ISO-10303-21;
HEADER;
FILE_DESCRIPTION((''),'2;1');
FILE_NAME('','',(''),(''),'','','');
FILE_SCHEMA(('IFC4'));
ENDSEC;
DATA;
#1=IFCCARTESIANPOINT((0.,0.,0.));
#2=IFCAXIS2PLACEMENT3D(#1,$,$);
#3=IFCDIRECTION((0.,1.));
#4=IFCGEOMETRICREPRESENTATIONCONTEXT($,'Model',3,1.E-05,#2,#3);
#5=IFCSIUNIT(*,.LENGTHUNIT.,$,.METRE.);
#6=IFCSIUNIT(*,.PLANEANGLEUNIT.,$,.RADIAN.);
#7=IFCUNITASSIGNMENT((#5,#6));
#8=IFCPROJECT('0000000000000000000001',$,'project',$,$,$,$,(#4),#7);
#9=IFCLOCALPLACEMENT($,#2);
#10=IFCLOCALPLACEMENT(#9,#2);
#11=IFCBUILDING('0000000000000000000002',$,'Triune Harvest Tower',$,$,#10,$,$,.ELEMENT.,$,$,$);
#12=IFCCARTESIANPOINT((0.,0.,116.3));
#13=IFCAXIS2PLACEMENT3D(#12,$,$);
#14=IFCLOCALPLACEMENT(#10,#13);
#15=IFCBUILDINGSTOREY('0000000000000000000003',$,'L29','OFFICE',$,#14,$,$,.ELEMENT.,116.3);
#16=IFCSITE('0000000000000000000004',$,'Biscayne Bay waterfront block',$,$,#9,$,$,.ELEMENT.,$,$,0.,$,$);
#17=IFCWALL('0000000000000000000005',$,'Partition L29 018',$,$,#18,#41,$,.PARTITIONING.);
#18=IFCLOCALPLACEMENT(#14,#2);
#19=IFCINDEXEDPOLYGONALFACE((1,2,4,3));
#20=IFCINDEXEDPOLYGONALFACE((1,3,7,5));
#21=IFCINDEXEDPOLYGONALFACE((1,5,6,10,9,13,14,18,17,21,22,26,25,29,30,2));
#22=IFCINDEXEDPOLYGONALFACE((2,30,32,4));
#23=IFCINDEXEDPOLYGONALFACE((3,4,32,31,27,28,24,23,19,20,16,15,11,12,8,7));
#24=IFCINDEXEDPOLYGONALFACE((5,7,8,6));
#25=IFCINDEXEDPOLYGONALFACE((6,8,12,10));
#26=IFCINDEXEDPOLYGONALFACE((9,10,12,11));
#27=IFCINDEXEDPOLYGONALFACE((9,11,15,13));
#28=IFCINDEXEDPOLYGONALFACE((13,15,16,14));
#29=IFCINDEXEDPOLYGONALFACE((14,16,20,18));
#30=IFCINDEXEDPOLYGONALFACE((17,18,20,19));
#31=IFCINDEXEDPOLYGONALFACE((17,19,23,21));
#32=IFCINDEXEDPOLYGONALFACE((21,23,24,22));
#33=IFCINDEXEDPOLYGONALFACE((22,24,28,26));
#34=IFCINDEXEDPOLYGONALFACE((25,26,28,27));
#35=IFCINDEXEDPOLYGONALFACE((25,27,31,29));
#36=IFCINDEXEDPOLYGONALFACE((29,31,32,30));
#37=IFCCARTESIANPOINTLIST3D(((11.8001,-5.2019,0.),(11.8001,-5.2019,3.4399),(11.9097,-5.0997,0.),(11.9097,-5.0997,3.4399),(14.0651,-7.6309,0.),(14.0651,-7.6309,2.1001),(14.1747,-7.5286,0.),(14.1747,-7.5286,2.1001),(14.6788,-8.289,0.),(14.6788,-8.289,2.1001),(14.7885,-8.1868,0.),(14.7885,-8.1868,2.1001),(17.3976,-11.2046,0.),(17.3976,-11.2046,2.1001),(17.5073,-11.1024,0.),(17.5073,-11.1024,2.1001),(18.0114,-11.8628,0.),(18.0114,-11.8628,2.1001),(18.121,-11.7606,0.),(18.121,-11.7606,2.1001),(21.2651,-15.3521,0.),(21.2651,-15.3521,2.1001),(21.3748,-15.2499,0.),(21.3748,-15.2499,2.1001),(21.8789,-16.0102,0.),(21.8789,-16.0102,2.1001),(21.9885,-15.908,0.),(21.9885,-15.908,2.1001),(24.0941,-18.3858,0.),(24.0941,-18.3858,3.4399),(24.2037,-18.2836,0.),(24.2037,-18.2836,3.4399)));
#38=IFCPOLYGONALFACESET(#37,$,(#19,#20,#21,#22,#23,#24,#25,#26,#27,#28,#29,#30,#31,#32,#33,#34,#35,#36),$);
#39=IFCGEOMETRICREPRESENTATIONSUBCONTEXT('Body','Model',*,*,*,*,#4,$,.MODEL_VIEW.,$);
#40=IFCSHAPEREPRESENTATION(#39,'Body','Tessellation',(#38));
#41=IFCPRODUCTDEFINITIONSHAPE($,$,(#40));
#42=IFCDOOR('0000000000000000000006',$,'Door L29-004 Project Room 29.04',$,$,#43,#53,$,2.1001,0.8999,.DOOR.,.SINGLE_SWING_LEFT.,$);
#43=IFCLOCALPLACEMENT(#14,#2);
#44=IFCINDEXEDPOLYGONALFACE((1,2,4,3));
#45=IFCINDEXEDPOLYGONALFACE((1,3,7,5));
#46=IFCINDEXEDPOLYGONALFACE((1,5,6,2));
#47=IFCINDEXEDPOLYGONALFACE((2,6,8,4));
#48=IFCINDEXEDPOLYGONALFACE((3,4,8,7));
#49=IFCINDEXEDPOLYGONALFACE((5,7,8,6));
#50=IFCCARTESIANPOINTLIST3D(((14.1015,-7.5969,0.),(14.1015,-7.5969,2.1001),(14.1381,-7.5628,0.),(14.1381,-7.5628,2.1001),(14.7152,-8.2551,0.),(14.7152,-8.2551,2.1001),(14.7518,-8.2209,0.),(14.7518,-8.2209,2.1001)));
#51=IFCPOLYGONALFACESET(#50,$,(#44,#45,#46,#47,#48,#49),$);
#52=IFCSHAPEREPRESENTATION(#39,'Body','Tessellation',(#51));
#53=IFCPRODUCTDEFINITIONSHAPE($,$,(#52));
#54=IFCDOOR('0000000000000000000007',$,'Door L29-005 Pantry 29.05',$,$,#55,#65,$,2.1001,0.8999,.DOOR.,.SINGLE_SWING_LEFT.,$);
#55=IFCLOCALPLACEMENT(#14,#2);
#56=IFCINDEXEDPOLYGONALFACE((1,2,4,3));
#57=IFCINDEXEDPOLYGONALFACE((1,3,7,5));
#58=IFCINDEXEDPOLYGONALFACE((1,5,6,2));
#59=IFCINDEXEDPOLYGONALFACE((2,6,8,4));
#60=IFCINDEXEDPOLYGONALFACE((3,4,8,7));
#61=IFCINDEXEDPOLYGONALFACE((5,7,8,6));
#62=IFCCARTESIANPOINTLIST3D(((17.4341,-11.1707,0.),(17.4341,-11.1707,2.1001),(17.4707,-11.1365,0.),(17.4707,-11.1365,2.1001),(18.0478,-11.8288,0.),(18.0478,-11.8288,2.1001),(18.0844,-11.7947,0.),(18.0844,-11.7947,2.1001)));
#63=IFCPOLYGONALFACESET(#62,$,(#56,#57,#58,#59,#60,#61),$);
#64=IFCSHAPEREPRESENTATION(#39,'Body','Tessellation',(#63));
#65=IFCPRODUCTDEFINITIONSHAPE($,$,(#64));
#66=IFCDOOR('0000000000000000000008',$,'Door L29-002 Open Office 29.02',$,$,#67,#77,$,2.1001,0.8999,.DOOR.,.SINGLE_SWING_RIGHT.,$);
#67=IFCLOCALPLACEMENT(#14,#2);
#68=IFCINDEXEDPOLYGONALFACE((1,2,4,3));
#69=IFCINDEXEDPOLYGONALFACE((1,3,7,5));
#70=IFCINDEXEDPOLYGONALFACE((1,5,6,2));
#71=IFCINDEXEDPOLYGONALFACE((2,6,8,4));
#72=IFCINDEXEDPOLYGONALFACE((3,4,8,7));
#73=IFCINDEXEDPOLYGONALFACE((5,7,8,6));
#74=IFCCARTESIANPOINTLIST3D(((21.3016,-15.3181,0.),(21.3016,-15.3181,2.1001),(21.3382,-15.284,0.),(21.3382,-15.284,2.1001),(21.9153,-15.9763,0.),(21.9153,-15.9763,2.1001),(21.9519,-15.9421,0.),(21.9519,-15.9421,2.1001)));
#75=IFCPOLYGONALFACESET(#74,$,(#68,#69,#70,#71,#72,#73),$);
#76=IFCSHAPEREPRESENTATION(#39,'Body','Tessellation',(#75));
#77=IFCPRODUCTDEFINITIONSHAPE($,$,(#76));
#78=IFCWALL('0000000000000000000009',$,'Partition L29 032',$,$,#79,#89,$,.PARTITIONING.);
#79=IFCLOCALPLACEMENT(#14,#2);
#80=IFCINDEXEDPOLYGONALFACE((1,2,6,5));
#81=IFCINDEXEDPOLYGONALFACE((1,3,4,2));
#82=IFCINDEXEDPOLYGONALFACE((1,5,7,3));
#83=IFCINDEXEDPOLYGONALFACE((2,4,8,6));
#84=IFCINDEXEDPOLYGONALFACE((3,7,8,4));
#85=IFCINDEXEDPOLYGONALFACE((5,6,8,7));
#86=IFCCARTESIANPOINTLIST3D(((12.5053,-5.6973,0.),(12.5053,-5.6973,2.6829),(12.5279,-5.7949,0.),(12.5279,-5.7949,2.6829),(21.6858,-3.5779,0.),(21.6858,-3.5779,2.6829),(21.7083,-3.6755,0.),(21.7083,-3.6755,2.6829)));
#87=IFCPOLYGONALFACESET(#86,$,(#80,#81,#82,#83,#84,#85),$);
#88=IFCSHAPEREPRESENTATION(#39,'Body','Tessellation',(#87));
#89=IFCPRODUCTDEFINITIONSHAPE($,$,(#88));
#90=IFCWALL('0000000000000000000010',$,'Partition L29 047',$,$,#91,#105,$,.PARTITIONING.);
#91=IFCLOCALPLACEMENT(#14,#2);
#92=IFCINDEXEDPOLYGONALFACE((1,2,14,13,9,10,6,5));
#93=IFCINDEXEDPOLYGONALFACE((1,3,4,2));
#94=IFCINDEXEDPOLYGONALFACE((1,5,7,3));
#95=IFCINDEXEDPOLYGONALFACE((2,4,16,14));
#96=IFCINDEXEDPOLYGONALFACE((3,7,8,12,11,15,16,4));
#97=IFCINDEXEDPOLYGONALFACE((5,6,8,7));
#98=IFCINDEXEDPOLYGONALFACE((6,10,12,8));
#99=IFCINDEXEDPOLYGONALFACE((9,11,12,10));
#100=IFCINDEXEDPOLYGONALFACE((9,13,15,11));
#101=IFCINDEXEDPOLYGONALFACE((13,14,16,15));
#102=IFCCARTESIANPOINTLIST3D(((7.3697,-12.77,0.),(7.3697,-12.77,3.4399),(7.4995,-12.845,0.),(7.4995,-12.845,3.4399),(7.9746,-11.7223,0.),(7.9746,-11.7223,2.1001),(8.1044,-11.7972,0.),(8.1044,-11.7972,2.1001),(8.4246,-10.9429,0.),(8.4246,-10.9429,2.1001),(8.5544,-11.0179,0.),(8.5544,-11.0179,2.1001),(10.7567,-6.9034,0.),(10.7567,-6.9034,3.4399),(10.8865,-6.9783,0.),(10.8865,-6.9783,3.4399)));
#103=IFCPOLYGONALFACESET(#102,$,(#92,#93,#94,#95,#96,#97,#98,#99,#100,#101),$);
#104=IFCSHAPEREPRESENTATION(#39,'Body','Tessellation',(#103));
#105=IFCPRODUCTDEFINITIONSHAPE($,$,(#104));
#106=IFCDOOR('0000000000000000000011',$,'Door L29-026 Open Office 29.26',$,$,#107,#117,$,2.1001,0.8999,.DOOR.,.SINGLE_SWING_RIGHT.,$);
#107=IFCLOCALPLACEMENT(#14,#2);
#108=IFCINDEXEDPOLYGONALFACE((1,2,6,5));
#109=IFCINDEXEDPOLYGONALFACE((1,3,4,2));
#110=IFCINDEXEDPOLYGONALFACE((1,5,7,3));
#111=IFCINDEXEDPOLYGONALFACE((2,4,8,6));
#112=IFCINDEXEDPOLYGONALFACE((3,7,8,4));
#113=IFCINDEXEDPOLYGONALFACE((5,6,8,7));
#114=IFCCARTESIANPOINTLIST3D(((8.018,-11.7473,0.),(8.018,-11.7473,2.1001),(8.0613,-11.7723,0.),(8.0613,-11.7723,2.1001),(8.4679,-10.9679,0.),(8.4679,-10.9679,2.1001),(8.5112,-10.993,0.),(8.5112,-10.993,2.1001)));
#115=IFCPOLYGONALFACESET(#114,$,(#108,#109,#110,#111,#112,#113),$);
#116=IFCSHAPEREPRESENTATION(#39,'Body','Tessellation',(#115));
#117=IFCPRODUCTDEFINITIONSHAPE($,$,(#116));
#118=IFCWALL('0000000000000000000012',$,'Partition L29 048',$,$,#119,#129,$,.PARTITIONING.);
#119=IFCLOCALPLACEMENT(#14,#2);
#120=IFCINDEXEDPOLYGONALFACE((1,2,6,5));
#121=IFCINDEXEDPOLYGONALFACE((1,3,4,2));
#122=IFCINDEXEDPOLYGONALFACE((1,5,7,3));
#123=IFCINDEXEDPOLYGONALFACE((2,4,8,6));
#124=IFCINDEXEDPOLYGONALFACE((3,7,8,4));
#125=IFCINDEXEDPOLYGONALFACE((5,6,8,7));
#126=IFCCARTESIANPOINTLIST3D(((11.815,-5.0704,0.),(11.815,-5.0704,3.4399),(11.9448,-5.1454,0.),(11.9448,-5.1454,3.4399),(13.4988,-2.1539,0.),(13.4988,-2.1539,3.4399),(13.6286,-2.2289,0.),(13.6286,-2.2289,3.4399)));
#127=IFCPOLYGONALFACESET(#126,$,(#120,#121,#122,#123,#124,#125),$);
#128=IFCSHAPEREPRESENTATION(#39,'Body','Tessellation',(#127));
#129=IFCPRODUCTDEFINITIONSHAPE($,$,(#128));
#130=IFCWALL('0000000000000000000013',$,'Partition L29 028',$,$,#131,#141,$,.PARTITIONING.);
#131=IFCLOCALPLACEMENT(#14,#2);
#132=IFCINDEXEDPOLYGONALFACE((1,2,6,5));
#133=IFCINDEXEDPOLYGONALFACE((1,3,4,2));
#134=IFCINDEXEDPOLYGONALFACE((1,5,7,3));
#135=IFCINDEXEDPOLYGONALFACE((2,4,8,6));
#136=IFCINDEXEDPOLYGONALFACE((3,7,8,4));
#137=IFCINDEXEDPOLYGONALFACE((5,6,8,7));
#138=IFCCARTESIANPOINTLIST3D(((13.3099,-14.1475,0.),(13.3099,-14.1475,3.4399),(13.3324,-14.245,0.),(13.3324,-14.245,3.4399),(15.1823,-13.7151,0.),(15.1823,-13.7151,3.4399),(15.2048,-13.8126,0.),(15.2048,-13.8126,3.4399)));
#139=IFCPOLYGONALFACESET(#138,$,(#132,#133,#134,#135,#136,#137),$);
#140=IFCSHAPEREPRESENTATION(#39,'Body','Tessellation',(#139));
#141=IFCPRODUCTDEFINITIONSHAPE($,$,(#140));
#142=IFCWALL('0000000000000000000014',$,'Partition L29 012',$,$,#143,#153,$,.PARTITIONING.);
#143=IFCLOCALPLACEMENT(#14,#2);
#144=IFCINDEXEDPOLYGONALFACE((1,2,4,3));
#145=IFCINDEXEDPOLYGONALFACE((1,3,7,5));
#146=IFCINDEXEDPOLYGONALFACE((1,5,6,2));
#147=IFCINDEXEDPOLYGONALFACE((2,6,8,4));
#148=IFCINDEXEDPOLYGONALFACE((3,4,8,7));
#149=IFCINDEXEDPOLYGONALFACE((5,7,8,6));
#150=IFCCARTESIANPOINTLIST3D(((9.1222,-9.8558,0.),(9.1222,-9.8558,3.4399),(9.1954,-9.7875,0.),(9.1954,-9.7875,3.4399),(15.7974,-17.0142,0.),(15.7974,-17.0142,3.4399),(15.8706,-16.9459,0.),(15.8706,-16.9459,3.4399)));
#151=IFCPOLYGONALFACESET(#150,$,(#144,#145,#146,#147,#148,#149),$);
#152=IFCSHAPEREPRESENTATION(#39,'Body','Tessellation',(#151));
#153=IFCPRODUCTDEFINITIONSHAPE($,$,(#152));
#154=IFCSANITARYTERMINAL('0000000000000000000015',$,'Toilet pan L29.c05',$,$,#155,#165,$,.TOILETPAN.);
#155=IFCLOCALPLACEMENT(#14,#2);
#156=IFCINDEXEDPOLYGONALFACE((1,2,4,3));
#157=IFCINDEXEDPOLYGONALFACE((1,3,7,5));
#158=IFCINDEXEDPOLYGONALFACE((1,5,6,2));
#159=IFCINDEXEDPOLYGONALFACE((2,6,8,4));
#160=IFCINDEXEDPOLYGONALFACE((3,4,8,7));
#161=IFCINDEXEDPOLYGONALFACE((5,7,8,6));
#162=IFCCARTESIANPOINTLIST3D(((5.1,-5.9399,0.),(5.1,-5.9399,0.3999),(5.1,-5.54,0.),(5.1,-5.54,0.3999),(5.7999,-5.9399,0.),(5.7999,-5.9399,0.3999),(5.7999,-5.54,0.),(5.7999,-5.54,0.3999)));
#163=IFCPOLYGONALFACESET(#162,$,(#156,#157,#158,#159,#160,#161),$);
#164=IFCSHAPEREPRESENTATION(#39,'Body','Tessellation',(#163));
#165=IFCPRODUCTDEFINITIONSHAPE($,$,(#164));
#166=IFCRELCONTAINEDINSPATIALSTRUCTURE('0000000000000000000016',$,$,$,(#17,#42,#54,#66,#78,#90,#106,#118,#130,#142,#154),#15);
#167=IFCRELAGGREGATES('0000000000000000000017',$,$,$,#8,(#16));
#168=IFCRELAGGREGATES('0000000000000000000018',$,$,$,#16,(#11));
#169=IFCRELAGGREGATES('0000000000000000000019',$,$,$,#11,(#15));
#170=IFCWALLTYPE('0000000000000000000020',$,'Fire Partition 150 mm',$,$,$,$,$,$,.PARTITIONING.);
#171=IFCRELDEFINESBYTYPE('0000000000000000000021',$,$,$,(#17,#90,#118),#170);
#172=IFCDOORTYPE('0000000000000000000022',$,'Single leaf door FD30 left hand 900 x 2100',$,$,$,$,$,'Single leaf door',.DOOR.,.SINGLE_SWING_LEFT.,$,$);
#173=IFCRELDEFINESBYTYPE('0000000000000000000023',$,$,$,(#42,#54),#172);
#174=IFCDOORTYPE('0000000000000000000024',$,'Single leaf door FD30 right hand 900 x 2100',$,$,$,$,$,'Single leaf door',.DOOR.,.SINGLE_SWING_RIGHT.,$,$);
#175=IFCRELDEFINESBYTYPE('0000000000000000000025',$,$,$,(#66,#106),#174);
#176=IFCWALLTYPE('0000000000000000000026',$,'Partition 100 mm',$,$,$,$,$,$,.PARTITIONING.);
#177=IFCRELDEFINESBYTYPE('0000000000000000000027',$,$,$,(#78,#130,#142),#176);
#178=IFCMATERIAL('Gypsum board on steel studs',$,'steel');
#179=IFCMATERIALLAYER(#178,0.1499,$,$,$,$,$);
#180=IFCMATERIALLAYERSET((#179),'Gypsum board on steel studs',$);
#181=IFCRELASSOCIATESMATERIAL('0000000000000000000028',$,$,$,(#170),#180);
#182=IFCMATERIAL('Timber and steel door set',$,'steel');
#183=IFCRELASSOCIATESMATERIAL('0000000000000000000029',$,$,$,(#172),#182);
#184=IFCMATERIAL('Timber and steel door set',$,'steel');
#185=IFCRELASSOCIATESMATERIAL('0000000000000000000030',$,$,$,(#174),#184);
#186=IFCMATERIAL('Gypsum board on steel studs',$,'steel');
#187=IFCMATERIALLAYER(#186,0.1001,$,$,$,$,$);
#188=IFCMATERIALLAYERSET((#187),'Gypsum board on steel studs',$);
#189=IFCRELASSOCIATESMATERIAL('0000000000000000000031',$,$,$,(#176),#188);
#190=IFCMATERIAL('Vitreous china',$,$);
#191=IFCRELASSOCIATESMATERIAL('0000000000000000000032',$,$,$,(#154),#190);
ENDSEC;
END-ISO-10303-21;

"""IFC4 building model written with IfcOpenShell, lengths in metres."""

from ifc_helpers import new_model, si_unit, direction, frame, frame_2d, origin, origin_2d, place, context, subcontext, project, spatial, rectangle, extrude, source, transform, mapped, material, layer, layer_set, type_object, element, fill, save


model = new_model("IFC4")

# Units and contexts
model_context = context("Model", 3, precision=1e-05, world=origin(), true_north=direction((0.0, 1.0)))
body_context = subcontext(model_context, "Body", "Model", "MODEL_VIEW")
ifc_project = project(units=[si_unit("LENGTHUNIT", "METRE"), si_unit("PLANEANGLEUNIT", "RADIAN")], contexts=[model_context])

# Site, building, storey
site_placement = place(None, origin())
site = spatial("IfcSite", under=ifc_project, at=site_placement, Name="Biscayne Bay waterfront block", CompositionType="ELEMENT", RefElevation=0.0)
building_placement = place(site_placement, origin())
building = spatial("IfcBuilding", under=site, at=building_placement, Name="Triune Harvest Tower", CompositionType="ELEMENT")
storey_placement = place(building_placement, frame((0.0, 0.0, 116.3)))
storey = spatial("IfcBuildingStorey", under=building, at=storey_placement, Name="L29", Description="OFFICE", CompositionType="ELEMENT", Elevation=116.3)

# Wall, openings, doors
ifc_material_1 = material(Name="Gypsum board on steel studs", Category="steel")
ifc_layer_1 = layer(ifc_material_1, 0.1499)
ifc_layer_set_1 = layer_set([ifc_layer_1], Name="Gypsum board on steel studs")
wall_type_1 = type_object("IfcWallType", Name="Fire Partition 150 mm", PredefinedType="PARTITIONING", material=ifc_layer_set_1)
ifc_material_2 = material(Name="Timber and steel door set", Category="steel")
door_type_1 = type_object("IfcDoorType", Name="Single leaf door FD30 left hand 900 x 2100", ElementType="Single leaf door", OperationType="SINGLE_SWING_LEFT", PredefinedType="DOOR", material=ifc_material_2)
ifc_material_3 = material(Name="Timber and steel door set", Category="steel")
door_type_2 = type_object("IfcDoorType", Name="Single leaf door FD30 right hand 900 x 2100", ElementType="Single leaf door", OperationType="SINGLE_SWING_RIGHT", PredefinedType="DOOR", material=ifc_material_3)
shared_shape_1 = source(origin(), body_context, "Body", "SweptSolid", [
    extrude(rectangle(XDim=18.0266, YDim=0.1499, at=frame_2d((9.0132, 0.0))), origin(), (0.0, 0.0, 1.0), 3.4399),
])
wall_1_placement = place(storey_placement, frame((11.855, -5.1509, 0.0), z_axis=(0.0, 0.0, 1.0), x_axis=(0.681993, -0.731359, 0.0)))
wall_1 = element("IfcWall", 1, at=wall_1_placement, inside=storey, type_object=wall_type_1, Name="Partition L29 018", PredefinedType="PARTITIONING", context=body_context, shape_type="MappedRepresentation", body=[
    mapped(shared_shape_1, transform((0.0, 0.0, 0.0), scale=1.0)),
])
opening_1_placement = place(wall_1_placement, frame((13.8784, 0.0, 0.0)))
opening_1 = element("IfcOpeningElement", 2, at=opening_1_placement, cuts=wall_1, PredefinedType="OPENING", context=body_context, shape_type="SweptSolid", body=[
    extrude(rectangle(XDim=0.8999, YDim=2.1001, at=frame_2d((0.45, 1.05))), frame((0.0, 0.085, 0.0), z_axis=(0.0, -1.0, 0.0), x_axis=(1.0, 0.0, 0.0)), (0.0, 0.0, 1.0), 0.1699),
])
opening_2_placement = place(wall_1_placement, frame((3.321, 0.0, 0.0)))
opening_2 = element("IfcOpeningElement", 3, at=opening_2_placement, cuts=wall_1, PredefinedType="OPENING", context=body_context, shape_type="SweptSolid", body=[
    extrude(rectangle(XDim=0.8999, YDim=2.1001, at=frame_2d((0.45, 1.05))), frame((0.0, 0.085, 0.0), z_axis=(0.0, -1.0, 0.0), x_axis=(1.0, 0.0, 0.0)), (0.0, 0.0, 1.0), 0.1699),
])
opening_3_placement = place(wall_1_placement, frame((8.2075, 0.0, 0.0)))
opening_3 = element("IfcOpeningElement", 4, at=opening_3_placement, cuts=wall_1, PredefinedType="OPENING", context=body_context, shape_type="SweptSolid", body=[
    extrude(rectangle(XDim=0.8999, YDim=2.1001, at=frame_2d((0.45, 1.05))), frame((0.0, 0.085, 0.0), z_axis=(0.0, -1.0, 0.0), x_axis=(1.0, 0.0, 0.0)), (0.0, 0.0, 1.0), 0.1699),
])
door_1_placement = place(opening_2_placement, origin())
door_1 = element("IfcDoor", 5, at=door_1_placement, inside=storey, type_object=door_type_1, Name="Door L29-004 Project Room 29.04", OperationType="SINGLE_SWING_LEFT", OverallHeight=2.1001, OverallWidth=0.8999, PredefinedType="DOOR", context=body_context, shape_type="SweptSolid", body=[
    extrude(rectangle(XDim=0.8999, YDim=2.1001, at=frame_2d((0.45, 1.05))), frame((0.0, 0.0249, 0.0), z_axis=(0.0, -1.0, 0.0), x_axis=(1.0, 0.0, 0.0)), (0.0, 0.0, 1.0), 0.05),
])
fill(opening_2, door_1)
door_2_placement = place(opening_3_placement, origin())
door_2 = element("IfcDoor", 6, at=door_2_placement, inside=storey, type_object=door_type_1, Name="Door L29-005 Pantry 29.05", OperationType="SINGLE_SWING_LEFT", OverallHeight=2.1001, OverallWidth=0.8999, PredefinedType="DOOR", context=body_context, shape_type="SweptSolid", body=[
    extrude(rectangle(XDim=0.8999, YDim=2.1001, at=frame_2d((0.45, 1.05))), frame((0.0, 0.0249, 0.0), z_axis=(0.0, -1.0, 0.0), x_axis=(1.0, 0.0, 0.0)), (0.0, 0.0, 1.0), 0.05),
])
fill(opening_3, door_2)
door_3_placement = place(opening_1_placement, origin())
door_3 = element("IfcDoor", 7, at=door_3_placement, inside=storey, type_object=door_type_2, Name="Door L29-002 Open Office 29.02", OperationType="SINGLE_SWING_RIGHT", OverallHeight=2.1001, OverallWidth=0.8999, PredefinedType="DOOR", context=body_context, shape_type="SweptSolid", body=[
    extrude(rectangle(XDim=0.8999, YDim=2.1001, at=frame_2d((0.45, 1.05))), frame((0.0, 0.0249, 0.0), z_axis=(0.0, -1.0, 0.0), x_axis=(1.0, 0.0, 0.0)), (0.0, 0.0, 1.0), 0.05),
])
fill(opening_1, door_3)

# Wall
ifc_material_4 = material(Name="Gypsum board on steel studs", Category="steel")
ifc_layer_2 = layer(ifc_material_4, 0.1001)
ifc_layer_set_2 = layer_set([ifc_layer_2], Name="Gypsum board on steel studs")
wall_type_2 = type_object("IfcWallType", Name="Partition 100 mm", PredefinedType="PARTITIONING", material=ifc_layer_set_2)
shared_shape_2 = source(origin(), body_context, "Body", "SweptSolid", [
    extrude(rectangle(XDim=9.4219, YDim=0.1001, at=frame_2d((4.7109, 0.0))), origin(), (0.0, 0.0, 1.0), 2.6829),
])
wall_2_placement = place(storey_placement, frame((12.5166, -5.7461, 0.0), z_axis=(0.0, 0.0, 1.0), x_axis=(0.974372, 0.224943, 0.0)))
element("IfcWall", 8, at=wall_2_placement, inside=storey, type_object=wall_type_2, Name="Partition L29 032", PredefinedType="PARTITIONING", context=body_context, shape_type="MappedRepresentation", body=[
    mapped(shared_shape_2, transform((0.0, 0.0, 0.0), scale=1.0)),
])

# Wall, opening, door
shared_shape_3 = source(origin(), body_context, "Body", "SweptSolid", [
    extrude(rectangle(XDim=6.7742, YDim=0.1499, at=frame_2d((3.3872, 0.0))), origin(), (0.0, 0.0, 1.0), 3.4399),
])
wall_3_placement = place(storey_placement, frame((7.4346, -12.8076, 0.0), z_axis=(0.0, 0.0, 1.0), x_axis=(0.49998, 0.866037, 0.0)))
wall_3 = element("IfcWall", 9, at=wall_3_placement, inside=storey, type_object=wall_type_1, Name="Partition L29 047", PredefinedType="PARTITIONING", context=body_context, shape_type="MappedRepresentation", body=[
    mapped(shared_shape_3, transform((0.0, 0.0, 0.0), scale=1.0)),
])
opening_4_placement = place(wall_3_placement, frame((1.21, 0.0, 0.0)))
opening_4 = element("IfcOpeningElement", 10, at=opening_4_placement, cuts=wall_3, PredefinedType="OPENING", context=body_context, shape_type="SweptSolid", body=[
    extrude(rectangle(XDim=0.8999, YDim=2.1001, at=frame_2d((0.45, 1.05))), frame((0.0, 0.085, 0.0), z_axis=(0.0, -1.0, 0.0), x_axis=(1.0, 0.0, 0.0)), (0.0, 0.0, 1.0), 0.1699),
])
door_4_placement = place(opening_4_placement, origin())
door_4 = element("IfcDoor", 11, at=door_4_placement, inside=storey, type_object=door_type_2, Name="Door L29-026 Open Office 29.26", OperationType="SINGLE_SWING_RIGHT", OverallHeight=2.1001, OverallWidth=0.8999, PredefinedType="DOOR", context=body_context, shape_type="SweptSolid", body=[
    extrude(rectangle(XDim=0.8999, YDim=2.1001, at=frame_2d((0.45, 1.05))), frame((0.0, 0.0249, 0.0), z_axis=(0.0, -1.0, 0.0), x_axis=(1.0, 0.0, 0.0)), (0.0, 0.0, 1.0), 0.05),
])
fill(opening_4, door_4)

# Walls
shared_shape_4 = source(origin(), body_context, "Body", "SweptSolid", [
    extrude(rectangle(XDim=3.3677, YDim=0.1499, at=frame_2d((1.6838, 0.0))), origin(), (0.0, 0.0, 1.0), 3.4399),
])
wall_4_placement = place(storey_placement, frame((11.8799, -5.1079, 0.0), z_axis=(0.0, 0.0, 1.0), x_axis=(0.499999, 0.866026, 0.0)))
element("IfcWall", 12, at=wall_4_placement, inside=storey, type_object=wall_type_1, Name="Partition L29 048", PredefinedType="PARTITIONING", context=body_context, shape_type="MappedRepresentation", body=[
    mapped(shared_shape_4, transform((0.0, 0.0, 0.0), scale=1.0)),
])
shared_shape_5 = source(origin(), body_context, "Body", "SweptSolid", [
    extrude(rectangle(XDim=1.9216, YDim=0.1001, at=frame_2d((0.9609, 0.0))), origin(), (0.0, 0.0, 1.0), 3.4399),
])
wall_5_placement = place(storey_placement, frame((13.321, -14.1963, 0.0), z_axis=(0.0, 0.0, 1.0), x_axis=(0.974357, 0.225008, 0.0)))
element("IfcWall", 13, at=wall_5_placement, inside=storey, type_object=wall_type_2, Name="Partition L29 028", PredefinedType="PARTITIONING", context=body_context, shape_type="MappedRepresentation", body=[
    mapped(shared_shape_5, transform((0.0, 0.0, 0.0), scale=1.0)),
])
shared_shape_6 = source(origin(), body_context, "Body", "SweptSolid", [
    extrude(rectangle(XDim=9.7878, YDim=0.1001, at=frame_2d((4.894, 0.0))), origin(), (0.0, 0.0, 1.0), 3.4399),
])
wall_6_placement = place(storey_placement, frame((9.1587, -9.8215, 0.0), z_axis=(0.0, 0.0, 1.0), x_axis=(0.681995, -0.731357, 0.0)))
element("IfcWall", 14, at=wall_6_placement, inside=storey, type_object=wall_type_2, Name="Partition L29 012", PredefinedType="PARTITIONING", context=body_context, shape_type="MappedRepresentation", body=[
    mapped(shared_shape_6, transform((0.0, 0.0, 0.0), scale=1.0)),
])

# Sanitary terminal
ifc_material_5 = material(Name="Vitreous china")
shared_shape_7 = source(origin(), body_context, "Body", "SweptSolid", [
    extrude(rectangle(XDim=0.3999, YDim=0.7, at=origin_2d()), origin(), (0.0, 0.0, 1.0), 0.3999),
])
sanitary_terminal_placement = place(storey_placement, frame((5.45, -5.74, 0.0), z_axis=(0.0, 0.0, 1.0), x_axis=(0.0, 1.0, 0.0)))
element("IfcSanitaryTerminal", 15, at=sanitary_terminal_placement, inside=storey, material=ifc_material_5, Name="Toilet pan L29.c05", PredefinedType="TOILETPAN", context=body_context, shape_type="MappedRepresentation", body=[
    mapped(shared_shape_7, transform((0.0, 0.0, 0.0), scale=1.0)),
])

save(model, "model.ifc")
